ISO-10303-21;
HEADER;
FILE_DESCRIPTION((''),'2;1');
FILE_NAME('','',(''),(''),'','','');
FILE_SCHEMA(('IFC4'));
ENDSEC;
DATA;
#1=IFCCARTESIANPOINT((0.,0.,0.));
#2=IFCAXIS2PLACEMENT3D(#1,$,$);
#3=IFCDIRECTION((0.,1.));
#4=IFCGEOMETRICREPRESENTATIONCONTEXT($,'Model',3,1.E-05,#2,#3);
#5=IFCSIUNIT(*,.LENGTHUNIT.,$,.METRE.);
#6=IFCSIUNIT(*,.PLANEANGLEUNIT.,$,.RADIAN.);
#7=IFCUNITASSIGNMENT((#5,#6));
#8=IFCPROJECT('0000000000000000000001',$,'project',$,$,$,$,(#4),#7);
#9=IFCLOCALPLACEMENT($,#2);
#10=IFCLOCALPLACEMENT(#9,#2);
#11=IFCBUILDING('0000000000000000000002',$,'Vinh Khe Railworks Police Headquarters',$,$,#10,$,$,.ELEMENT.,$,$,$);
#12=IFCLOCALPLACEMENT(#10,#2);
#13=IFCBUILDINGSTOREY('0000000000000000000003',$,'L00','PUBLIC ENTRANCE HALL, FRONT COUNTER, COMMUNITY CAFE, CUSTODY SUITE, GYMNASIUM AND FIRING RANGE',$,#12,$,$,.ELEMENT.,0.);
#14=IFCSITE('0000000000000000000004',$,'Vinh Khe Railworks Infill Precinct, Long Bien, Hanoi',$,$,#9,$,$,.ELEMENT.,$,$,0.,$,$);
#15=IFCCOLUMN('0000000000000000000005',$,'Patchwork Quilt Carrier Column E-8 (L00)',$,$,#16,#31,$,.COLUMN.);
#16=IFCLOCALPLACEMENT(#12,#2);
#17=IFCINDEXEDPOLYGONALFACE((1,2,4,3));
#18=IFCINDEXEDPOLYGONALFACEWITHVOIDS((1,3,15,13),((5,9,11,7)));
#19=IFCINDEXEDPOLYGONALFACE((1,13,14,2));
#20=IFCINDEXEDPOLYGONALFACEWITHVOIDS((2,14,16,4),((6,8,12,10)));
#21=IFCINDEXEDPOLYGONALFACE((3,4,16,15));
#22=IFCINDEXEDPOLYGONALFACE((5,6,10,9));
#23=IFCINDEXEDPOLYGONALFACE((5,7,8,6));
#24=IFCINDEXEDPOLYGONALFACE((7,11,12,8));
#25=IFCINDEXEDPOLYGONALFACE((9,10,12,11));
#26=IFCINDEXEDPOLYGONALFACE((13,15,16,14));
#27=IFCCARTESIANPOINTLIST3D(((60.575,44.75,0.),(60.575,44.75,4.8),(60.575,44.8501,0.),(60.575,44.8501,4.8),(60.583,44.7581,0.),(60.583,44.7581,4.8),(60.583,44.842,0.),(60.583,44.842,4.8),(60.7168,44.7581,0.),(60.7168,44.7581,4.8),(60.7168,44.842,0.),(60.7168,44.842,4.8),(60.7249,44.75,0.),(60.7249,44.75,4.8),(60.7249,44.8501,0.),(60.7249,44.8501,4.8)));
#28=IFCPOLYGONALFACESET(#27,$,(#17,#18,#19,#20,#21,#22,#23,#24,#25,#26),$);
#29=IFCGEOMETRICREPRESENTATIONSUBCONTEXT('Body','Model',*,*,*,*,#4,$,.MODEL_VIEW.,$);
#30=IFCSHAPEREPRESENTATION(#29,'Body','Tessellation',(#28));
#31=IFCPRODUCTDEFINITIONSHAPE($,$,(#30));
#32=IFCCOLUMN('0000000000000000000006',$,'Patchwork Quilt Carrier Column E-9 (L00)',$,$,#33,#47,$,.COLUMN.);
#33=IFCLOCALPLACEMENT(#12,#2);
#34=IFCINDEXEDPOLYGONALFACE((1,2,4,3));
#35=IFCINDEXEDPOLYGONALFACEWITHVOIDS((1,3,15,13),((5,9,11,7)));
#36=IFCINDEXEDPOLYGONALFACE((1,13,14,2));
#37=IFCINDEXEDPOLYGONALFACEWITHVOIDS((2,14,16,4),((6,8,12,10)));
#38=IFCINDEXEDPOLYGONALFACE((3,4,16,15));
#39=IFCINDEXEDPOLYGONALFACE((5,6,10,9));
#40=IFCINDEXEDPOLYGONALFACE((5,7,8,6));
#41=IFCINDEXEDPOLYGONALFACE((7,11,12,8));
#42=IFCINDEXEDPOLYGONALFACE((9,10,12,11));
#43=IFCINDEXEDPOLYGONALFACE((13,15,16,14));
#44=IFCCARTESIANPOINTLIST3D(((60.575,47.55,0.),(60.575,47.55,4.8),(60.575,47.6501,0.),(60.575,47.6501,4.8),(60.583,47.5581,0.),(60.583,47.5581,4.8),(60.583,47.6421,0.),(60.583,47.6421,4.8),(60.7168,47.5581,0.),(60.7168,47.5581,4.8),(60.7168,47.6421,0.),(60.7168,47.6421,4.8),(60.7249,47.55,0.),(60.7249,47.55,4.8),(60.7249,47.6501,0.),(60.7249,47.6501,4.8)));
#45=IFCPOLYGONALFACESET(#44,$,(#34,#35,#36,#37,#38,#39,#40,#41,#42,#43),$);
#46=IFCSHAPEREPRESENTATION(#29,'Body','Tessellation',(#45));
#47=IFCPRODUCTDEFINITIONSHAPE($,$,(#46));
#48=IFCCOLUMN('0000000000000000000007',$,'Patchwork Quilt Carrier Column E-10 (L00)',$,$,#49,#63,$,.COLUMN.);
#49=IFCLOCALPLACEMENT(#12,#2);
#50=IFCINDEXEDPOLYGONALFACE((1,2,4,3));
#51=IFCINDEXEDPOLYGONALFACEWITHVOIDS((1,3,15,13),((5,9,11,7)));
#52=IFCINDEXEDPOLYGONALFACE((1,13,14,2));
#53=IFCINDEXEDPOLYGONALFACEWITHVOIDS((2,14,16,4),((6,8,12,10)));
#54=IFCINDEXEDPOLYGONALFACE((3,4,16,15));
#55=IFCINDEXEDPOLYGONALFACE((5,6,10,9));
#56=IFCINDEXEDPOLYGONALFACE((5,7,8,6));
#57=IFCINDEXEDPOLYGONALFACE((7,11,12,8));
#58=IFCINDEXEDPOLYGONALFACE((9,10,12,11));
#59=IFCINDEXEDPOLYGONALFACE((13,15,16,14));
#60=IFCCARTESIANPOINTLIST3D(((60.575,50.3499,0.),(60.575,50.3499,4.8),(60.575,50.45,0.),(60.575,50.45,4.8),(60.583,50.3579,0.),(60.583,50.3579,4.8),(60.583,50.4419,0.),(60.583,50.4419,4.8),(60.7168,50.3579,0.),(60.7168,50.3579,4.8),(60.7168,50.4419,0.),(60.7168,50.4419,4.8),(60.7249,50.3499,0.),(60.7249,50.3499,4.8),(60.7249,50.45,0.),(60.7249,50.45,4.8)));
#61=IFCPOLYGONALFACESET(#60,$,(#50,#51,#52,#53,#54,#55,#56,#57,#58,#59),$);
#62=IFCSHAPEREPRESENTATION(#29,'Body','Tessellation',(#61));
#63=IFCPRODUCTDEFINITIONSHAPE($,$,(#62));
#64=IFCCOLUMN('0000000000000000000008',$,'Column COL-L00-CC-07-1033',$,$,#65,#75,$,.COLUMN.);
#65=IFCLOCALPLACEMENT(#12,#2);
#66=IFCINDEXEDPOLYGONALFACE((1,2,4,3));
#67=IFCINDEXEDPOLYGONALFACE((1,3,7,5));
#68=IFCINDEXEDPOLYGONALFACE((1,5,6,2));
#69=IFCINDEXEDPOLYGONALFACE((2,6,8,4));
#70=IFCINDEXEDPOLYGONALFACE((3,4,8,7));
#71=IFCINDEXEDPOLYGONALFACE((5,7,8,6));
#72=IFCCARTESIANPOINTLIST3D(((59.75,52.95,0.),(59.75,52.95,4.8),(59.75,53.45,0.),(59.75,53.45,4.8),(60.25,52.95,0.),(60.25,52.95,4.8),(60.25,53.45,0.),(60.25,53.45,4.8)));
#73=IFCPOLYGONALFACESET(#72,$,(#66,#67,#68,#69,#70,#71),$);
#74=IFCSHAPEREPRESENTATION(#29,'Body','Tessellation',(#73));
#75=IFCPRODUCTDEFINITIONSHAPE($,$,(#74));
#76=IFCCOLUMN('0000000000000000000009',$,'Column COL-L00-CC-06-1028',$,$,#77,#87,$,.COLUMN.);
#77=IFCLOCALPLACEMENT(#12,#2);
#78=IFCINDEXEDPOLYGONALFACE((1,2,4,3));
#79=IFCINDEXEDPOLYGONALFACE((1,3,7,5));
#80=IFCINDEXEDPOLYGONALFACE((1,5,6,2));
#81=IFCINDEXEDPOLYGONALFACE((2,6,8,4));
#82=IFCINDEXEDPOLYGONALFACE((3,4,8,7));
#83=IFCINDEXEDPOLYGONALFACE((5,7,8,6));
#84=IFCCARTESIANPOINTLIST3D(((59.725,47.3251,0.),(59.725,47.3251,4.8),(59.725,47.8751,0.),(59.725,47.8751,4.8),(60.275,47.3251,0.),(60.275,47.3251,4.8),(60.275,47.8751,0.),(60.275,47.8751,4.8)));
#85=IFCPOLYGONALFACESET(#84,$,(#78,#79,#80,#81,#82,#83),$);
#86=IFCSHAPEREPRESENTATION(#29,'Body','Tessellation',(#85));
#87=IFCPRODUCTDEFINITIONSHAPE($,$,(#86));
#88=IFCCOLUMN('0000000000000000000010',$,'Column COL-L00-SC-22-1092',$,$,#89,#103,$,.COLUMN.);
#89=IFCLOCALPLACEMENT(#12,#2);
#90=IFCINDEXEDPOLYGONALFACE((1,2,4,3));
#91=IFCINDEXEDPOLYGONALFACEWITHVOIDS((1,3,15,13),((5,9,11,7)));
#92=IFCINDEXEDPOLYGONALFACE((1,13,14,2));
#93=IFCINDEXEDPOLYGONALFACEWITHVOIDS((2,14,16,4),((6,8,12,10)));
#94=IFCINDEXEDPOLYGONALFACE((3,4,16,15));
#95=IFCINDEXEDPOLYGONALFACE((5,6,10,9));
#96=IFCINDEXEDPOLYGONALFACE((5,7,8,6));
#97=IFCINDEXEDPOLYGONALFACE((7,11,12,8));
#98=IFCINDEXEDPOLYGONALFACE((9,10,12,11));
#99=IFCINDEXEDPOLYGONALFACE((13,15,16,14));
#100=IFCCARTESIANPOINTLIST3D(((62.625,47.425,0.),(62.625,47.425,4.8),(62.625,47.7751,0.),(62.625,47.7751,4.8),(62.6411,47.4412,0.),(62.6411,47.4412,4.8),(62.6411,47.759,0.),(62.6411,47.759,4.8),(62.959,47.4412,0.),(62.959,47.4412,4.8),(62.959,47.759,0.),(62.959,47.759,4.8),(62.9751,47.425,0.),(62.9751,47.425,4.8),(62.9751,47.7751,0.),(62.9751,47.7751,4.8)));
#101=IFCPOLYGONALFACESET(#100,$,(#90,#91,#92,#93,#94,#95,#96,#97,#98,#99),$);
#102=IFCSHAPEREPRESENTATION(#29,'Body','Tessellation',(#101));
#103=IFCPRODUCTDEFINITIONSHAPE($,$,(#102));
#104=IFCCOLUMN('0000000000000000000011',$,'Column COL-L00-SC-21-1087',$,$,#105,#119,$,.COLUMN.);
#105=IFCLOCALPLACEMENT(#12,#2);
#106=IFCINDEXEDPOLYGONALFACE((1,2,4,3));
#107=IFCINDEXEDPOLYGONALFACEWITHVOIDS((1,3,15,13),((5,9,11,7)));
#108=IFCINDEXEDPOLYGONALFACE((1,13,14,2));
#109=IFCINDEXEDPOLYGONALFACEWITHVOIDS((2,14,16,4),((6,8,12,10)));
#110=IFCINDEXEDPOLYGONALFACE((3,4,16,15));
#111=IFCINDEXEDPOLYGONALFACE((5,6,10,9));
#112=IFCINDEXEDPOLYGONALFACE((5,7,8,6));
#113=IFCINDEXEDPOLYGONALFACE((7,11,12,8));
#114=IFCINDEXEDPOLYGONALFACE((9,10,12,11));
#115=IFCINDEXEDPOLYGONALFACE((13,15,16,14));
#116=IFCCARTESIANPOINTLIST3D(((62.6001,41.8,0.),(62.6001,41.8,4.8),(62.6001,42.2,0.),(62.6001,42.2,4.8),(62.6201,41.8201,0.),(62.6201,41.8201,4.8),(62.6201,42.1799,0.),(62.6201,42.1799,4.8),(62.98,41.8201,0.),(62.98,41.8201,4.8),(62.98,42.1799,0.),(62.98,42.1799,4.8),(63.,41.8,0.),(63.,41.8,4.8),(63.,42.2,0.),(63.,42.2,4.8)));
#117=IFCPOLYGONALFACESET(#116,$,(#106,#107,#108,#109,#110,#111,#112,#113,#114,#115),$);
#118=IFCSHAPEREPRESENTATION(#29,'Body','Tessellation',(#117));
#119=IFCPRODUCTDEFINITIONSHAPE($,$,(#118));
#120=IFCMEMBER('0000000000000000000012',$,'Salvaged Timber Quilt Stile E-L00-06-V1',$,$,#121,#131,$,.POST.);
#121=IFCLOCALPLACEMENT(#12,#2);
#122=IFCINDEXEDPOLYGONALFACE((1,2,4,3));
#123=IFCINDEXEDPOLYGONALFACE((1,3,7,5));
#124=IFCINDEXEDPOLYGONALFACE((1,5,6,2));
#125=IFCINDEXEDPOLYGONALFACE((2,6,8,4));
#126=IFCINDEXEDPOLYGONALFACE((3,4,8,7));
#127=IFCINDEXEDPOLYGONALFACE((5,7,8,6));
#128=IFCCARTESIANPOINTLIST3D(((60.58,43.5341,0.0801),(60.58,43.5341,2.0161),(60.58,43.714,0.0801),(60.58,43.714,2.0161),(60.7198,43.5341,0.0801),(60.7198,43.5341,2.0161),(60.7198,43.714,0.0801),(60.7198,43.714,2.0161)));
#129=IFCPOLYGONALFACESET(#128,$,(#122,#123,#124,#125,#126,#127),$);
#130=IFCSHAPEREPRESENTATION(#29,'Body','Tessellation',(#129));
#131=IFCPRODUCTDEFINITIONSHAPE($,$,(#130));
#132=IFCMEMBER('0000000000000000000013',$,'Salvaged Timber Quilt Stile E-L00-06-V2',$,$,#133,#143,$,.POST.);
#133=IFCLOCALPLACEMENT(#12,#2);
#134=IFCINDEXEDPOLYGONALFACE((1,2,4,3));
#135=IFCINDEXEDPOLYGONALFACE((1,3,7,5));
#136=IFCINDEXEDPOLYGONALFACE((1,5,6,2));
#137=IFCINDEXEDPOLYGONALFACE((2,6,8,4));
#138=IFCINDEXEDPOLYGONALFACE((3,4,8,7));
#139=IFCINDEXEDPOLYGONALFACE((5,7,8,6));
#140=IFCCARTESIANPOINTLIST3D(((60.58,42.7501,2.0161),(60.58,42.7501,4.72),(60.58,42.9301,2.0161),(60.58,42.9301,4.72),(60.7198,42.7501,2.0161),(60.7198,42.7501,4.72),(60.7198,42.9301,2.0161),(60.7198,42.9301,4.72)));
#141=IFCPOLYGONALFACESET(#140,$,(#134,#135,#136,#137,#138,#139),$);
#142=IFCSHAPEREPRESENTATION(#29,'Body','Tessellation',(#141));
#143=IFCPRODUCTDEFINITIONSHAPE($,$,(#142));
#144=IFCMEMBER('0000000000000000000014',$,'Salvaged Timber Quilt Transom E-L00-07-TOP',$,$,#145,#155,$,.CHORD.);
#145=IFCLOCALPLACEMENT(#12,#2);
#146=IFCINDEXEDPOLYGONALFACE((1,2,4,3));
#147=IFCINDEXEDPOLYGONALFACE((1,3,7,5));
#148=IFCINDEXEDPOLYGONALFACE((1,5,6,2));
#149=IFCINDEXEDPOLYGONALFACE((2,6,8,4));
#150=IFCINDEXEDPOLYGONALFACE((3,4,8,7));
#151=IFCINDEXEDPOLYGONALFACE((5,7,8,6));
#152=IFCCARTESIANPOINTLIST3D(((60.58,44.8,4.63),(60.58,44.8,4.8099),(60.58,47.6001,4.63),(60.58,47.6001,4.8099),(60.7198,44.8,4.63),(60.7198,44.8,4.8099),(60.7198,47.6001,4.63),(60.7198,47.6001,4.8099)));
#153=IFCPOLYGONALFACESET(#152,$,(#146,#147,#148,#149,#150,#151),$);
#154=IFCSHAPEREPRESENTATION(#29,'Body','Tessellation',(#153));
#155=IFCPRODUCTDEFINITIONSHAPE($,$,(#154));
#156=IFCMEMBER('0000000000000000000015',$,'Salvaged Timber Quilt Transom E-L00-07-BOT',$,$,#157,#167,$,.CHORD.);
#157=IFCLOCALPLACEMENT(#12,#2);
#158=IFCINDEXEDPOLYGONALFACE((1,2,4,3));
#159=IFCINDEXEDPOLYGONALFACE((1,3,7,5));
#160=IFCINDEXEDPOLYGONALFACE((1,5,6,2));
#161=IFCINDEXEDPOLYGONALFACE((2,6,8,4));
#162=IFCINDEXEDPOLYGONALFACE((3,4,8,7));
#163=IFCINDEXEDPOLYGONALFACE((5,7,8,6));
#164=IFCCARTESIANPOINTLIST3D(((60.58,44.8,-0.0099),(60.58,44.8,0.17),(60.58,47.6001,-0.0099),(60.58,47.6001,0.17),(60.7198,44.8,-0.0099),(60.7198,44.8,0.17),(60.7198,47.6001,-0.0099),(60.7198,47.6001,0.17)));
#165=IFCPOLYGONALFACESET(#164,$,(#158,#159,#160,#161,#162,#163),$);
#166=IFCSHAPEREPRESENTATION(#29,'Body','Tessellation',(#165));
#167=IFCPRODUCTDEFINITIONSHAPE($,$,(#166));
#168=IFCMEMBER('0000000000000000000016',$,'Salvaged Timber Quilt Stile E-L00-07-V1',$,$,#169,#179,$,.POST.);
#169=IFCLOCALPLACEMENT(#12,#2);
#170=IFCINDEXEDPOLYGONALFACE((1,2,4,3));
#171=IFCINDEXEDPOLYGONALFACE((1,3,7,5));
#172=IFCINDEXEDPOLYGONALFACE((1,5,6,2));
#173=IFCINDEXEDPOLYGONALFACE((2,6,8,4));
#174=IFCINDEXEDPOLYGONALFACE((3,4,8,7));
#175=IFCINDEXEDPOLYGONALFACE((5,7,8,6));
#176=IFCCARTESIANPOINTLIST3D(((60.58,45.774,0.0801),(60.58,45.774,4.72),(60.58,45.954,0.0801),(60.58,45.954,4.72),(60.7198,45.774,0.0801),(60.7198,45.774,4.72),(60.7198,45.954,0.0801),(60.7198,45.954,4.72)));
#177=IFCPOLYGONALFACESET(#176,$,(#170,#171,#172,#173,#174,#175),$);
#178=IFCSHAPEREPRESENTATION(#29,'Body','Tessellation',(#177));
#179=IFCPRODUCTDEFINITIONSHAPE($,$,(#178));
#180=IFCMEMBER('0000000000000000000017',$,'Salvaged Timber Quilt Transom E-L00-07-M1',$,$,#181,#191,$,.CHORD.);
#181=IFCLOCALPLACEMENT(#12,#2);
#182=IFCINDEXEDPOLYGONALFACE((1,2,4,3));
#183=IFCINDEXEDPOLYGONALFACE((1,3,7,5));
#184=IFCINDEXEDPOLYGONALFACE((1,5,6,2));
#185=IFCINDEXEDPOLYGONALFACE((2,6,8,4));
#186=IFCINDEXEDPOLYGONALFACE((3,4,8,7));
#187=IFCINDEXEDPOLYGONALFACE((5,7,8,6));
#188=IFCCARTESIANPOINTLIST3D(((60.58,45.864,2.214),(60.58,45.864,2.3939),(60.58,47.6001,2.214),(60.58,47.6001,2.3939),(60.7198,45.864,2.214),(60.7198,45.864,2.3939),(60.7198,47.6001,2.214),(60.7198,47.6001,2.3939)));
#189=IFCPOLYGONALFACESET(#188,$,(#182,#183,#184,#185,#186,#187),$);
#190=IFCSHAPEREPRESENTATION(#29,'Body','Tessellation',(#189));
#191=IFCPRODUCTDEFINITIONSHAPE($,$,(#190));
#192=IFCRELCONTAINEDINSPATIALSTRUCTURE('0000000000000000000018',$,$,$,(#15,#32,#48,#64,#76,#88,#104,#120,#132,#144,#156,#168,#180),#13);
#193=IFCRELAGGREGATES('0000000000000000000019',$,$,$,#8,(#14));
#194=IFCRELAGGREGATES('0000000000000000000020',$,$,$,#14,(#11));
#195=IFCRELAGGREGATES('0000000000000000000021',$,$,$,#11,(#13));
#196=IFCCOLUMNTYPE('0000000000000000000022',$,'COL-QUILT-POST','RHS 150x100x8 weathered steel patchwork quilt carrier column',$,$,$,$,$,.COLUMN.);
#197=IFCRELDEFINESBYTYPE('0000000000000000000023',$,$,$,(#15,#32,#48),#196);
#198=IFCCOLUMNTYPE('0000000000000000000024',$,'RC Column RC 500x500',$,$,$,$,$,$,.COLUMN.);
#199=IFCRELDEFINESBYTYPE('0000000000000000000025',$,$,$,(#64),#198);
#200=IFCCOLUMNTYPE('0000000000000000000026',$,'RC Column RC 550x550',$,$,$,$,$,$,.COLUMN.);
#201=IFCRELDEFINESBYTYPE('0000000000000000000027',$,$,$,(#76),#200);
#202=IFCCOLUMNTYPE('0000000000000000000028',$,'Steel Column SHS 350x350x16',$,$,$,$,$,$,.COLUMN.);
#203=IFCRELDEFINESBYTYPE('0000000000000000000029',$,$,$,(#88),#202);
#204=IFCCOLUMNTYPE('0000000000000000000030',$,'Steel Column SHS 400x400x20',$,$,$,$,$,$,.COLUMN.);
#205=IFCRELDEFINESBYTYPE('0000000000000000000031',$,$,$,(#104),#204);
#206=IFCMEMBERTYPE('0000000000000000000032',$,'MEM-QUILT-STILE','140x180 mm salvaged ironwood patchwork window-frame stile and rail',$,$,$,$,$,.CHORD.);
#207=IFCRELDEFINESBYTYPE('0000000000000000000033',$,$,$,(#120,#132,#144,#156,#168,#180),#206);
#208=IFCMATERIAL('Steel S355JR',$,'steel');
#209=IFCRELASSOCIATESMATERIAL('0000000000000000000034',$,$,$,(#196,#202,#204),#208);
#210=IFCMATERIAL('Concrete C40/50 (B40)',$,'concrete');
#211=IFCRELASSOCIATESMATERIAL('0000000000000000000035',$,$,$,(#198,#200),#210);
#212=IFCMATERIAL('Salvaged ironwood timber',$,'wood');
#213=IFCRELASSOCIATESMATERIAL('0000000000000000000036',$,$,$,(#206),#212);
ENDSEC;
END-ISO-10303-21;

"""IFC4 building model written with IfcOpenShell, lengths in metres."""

from ifc_helpers import new_model, si_unit, direction, frame, origin, origin_2d, place, context, subcontext, project, spatial, rectangle, hollow_rectangle, extrude, material, material_profile, profile_set, type_object, element, save


model = new_model("IFC4")

# Units and contexts
model_context = context("Model", 3, precision=1e-05, world=origin(), true_north=direction((0.0, 1.0)))
body_context = subcontext(model_context, "Body", "Model", "MODEL_VIEW")
ifc_project = project(units=[si_unit("LENGTHUNIT", "METRE"), si_unit("PLANEANGLEUNIT", "RADIAN")], contexts=[model_context])

# Site, building, storey
site_placement = place(None, origin())
site = spatial("IfcSite", under=ifc_project, at=site_placement, Name="Vinh Khe Railworks Infill Precinct, Long Bien, Hanoi", CompositionType="ELEMENT", RefElevation=0.0)
building_placement = place(site_placement, origin())
building = spatial("IfcBuilding", under=site, at=building_placement, Name="Vinh Khe Railworks Police Headquarters", CompositionType="ELEMENT")
storey_placement = place(building_placement, origin())
storey = spatial("IfcBuildingStorey", under=building, at=storey_placement, Name="L00", Description="PUBLIC ENTRANCE HALL, FRONT COUNTER, COMMUNITY CAFE, CUSTODY SUITE, GYMNASIUM AND FIRING RANGE", CompositionType="ELEMENT", Elevation=0.0)

# Columns
ifc_material_1 = material(Name="Steel S355JR", Category="steel")
ifc_material_profile_1 = material_profile(ifc_material_1, hollow_rectangle(XDim=0.1499, YDim=0.1001, WallThickness=0.0081, at=origin_2d()), Name="RHS 150x100x8")
ifc_profile_set_1 = profile_set([ifc_material_profile_1], Name="Steel S355JR")
column_type_1 = type_object("IfcColumnType", Name="COL-QUILT-POST", Description="RHS 150x100x8 weathered steel patchwork quilt carrier column", PredefinedType="COLUMN", material=ifc_profile_set_1)
for number, where, z_axis, x_axis, name in (
    (1, (60.6499, 44.8, 0.0), (0.0, 0.0, 1.0), (1.0, 0.0, 0.0), "Patchwork Quilt Carrier Column E-8 (L00)"),
    (2, (60.6499, 47.6001, 0.0), (0.0, 0.0, 1.0), (1.0, 0.0, 0.0), "Patchwork Quilt Carrier Column E-9 (L00)"),
    (3, (60.6499, 50.3999, 0.0), (0.0, 0.0, 1.0), (1.0, 0.0, 0.0), "Patchwork Quilt Carrier Column E-10 (L00)"),
):
    element("IfcColumn", number, at=place(storey_placement, frame(where, z_axis=z_axis, x_axis=x_axis)), inside=storey, type_object=column_type_1, Name=name, PredefinedType="COLUMN", context=body_context, shape_type="SweptSolid", body=[
        extrude(hollow_rectangle(XDim=0.1499, YDim=0.1001, WallThickness=0.0081, at=origin_2d()), origin(), (0.0, 0.0, 1.0), 4.8),
    ])
ifc_material_2 = material(Name="Concrete C40/50 (B40)", Category="concrete")
ifc_material_profile_2 = material_profile(ifc_material_2, rectangle(XDim=0.5, YDim=0.5, at=origin_2d()), Name="RC 500x500")
ifc_profile_set_2 = profile_set([ifc_material_profile_2], Name="Concrete C40/50 (B40)")
column_type_2 = type_object("IfcColumnType", Name="RC Column RC 500x500", PredefinedType="COLUMN", material=ifc_profile_set_2)
column_1_placement = place(storey_placement, frame((60.0, 53.2, 0.0), z_axis=(0.0, 0.0, 1.0), x_axis=(1.0, 0.0, 0.0)))
element("IfcColumn", 4, at=column_1_placement, inside=storey, type_object=column_type_2, Name="Column COL-L00-CC-07-1033", PredefinedType="COLUMN", context=body_context, shape_type="SweptSolid", body=[
    extrude(rectangle(XDim=0.5, YDim=0.5, at=origin_2d()), origin(), (0.0, 0.0, 1.0), 4.8),
])
ifc_material_profile_3 = material_profile(ifc_material_2, rectangle(XDim=0.55, YDim=0.55, at=origin_2d()), Name="RC 550x550")
ifc_profile_set_3 = profile_set([ifc_material_profile_3], Name="Concrete C40/50 (B40)")
column_type_3 = type_object("IfcColumnType", Name="RC Column RC 550x550", PredefinedType="COLUMN", material=ifc_profile_set_3)
column_2_placement = place(storey_placement, frame((60.0, 47.6001, 0.0), z_axis=(0.0, 0.0, 1.0), x_axis=(1.0, 0.0, 0.0)))
element("IfcColumn", 5, at=column_2_placement, inside=storey, type_object=column_type_3, Name="Column COL-L00-CC-06-1028", PredefinedType="COLUMN", context=body_context, shape_type="SweptSolid", body=[
    extrude(rectangle(XDim=0.55, YDim=0.55, at=origin_2d()), origin(), (0.0, 0.0, 1.0), 4.8),
])
ifc_material_profile_4 = material_profile(ifc_material_1, hollow_rectangle(XDim=0.3501, YDim=0.3501, WallThickness=0.0161, at=origin_2d()), Name="SHS 350x350x16")
ifc_profile_set_4 = profile_set([ifc_material_profile_4], Name="Steel S355JR")
column_type_4 = type_object("IfcColumnType", Name="Steel Column SHS 350x350x16", PredefinedType="COLUMN", material=ifc_profile_set_4)
column_3_placement = place(storey_placement, frame((62.8, 47.6001, 0.0), z_axis=(0.0, 0.0, 1.0), x_axis=(1.0, 0.0, 0.0)))
element("IfcColumn", 6, at=column_3_placement, inside=storey, type_object=column_type_4, Name="Column COL-L00-SC-22-1092", PredefinedType="COLUMN", context=body_context, shape_type="SweptSolid", body=[
    extrude(hollow_rectangle(XDim=0.3501, YDim=0.3501, WallThickness=0.0161, at=origin_2d()), origin(), (0.0, 0.0, 1.0), 4.8),
])
ifc_material_profile_5 = material_profile(ifc_material_1, hollow_rectangle(XDim=0.3999, YDim=0.3999, WallThickness=0.02, at=origin_2d()), Name="SHS 400x400x20")
ifc_profile_set_5 = profile_set([ifc_material_profile_5], Name="Steel S355JR")
column_type_5 = type_object("IfcColumnType", Name="Steel Column SHS 400x400x20", PredefinedType="COLUMN", material=ifc_profile_set_5)
column_4_placement = place(storey_placement, frame((62.8, 42.0, 0.0), z_axis=(0.0, 0.0, 1.0), x_axis=(1.0, 0.0, 0.0)))
element("IfcColumn", 7, at=column_4_placement, inside=storey, type_object=column_type_5, Name="Column COL-L00-SC-21-1087", PredefinedType="COLUMN", context=body_context, shape_type="SweptSolid", body=[
    extrude(hollow_rectangle(XDim=0.3999, YDim=0.3999, WallThickness=0.02, at=origin_2d()), origin(), (0.0, 0.0, 1.0), 4.8),
])

# Members
ifc_material_3 = material(Name="Salvaged ironwood timber", Category="wood")
ifc_material_profile_6 = material_profile(ifc_material_3, rectangle(XDim=0.1399, YDim=0.1799, at=origin_2d()), Name="TIMBER 140x180")
ifc_profile_set_6 = profile_set([ifc_material_profile_6], Name="Salvaged ironwood timber")
member_type_1 = type_object("IfcMemberType", Name="MEM-QUILT-STILE", Description="140x180 mm salvaged ironwood patchwork window-frame stile and rail", PredefinedType="CHORD", material=ifc_profile_set_6)
member_1_placement = place(storey_placement, frame((60.6499, 43.624, 0.0801), z_axis=(0.0, 0.0, 1.0), x_axis=(1.0, 0.0, 0.0)))
element("IfcMember", 8, at=member_1_placement, inside=storey, type_object=member_type_1, Name="Salvaged Timber Quilt Stile E-L00-06-V1", PredefinedType="POST", context=body_context, shape_type="SweptSolid", body=[
    extrude(rectangle(XDim=0.1399, YDim=0.1799, at=origin_2d()), origin(), (0.0, 0.0, 1.0), 1.936),
])
member_2_placement = place(storey_placement, frame((60.6499, 42.8401, 2.0161), z_axis=(0.0, 0.0, 1.0), x_axis=(1.0, 0.0, 0.0)))
element("IfcMember", 9, at=member_2_placement, inside=storey, type_object=member_type_1, Name="Salvaged Timber Quilt Stile E-L00-06-V2", PredefinedType="POST", context=body_context, shape_type="SweptSolid", body=[
    extrude(rectangle(XDim=0.1399, YDim=0.1799, at=origin_2d()), origin(), (0.0, 0.0, 1.0), 2.7039),
])
for number, where, z_axis, x_axis, name in (
    (10, (60.6499, 44.8, 4.72), (0.0, 1.0, 0.0), (-1.0, 0.0, 0.0), "Salvaged Timber Quilt Transom E-L00-07-TOP"),
    (11, (60.6499, 44.8, 0.0801), (0.0, 1.0, 0.0), (-1.0, 0.0, 0.0), "Salvaged Timber Quilt Transom E-L00-07-BOT"),
):
    element("IfcMember", number, at=place(storey_placement, frame(where, z_axis=z_axis, x_axis=x_axis)), inside=storey, type_object=member_type_1, Name=name, PredefinedType="CHORD", context=body_context, shape_type="SweptSolid", body=[
        extrude(rectangle(XDim=0.1399, YDim=0.1799, at=origin_2d()), origin(), (0.0, 0.0, 1.0), 2.8),
    ])
member_3_placement = place(storey_placement, frame((60.6499, 45.864, 0.0801), z_axis=(0.0, 0.0, 1.0), x_axis=(1.0, 0.0, 0.0)))
element("IfcMember", 12, at=member_3_placement, inside=storey, type_object=member_type_1, Name="Salvaged Timber Quilt Stile E-L00-07-V1", PredefinedType="POST", context=body_context, shape_type="SweptSolid", body=[
    extrude(rectangle(XDim=0.1399, YDim=0.1799, at=origin_2d()), origin(), (0.0, 0.0, 1.0), 4.6399),
])
member_4_placement = place(storey_placement, frame((60.6499, 45.864, 2.304), z_axis=(0.0, 1.0, 0.0), x_axis=(-1.0, 0.0, 0.0)))
element("IfcMember", 13, at=member_4_placement, inside=storey, type_object=member_type_1, Name="Salvaged Timber Quilt Transom E-L00-07-M1", PredefinedType="CHORD", context=body_context, shape_type="SweptSolid", body=[
    extrude(rectangle(XDim=0.1399, YDim=0.1799, at=origin_2d()), origin(), (0.0, 0.0, 1.0), 1.7361),
])

save(model, "model.ifc")
